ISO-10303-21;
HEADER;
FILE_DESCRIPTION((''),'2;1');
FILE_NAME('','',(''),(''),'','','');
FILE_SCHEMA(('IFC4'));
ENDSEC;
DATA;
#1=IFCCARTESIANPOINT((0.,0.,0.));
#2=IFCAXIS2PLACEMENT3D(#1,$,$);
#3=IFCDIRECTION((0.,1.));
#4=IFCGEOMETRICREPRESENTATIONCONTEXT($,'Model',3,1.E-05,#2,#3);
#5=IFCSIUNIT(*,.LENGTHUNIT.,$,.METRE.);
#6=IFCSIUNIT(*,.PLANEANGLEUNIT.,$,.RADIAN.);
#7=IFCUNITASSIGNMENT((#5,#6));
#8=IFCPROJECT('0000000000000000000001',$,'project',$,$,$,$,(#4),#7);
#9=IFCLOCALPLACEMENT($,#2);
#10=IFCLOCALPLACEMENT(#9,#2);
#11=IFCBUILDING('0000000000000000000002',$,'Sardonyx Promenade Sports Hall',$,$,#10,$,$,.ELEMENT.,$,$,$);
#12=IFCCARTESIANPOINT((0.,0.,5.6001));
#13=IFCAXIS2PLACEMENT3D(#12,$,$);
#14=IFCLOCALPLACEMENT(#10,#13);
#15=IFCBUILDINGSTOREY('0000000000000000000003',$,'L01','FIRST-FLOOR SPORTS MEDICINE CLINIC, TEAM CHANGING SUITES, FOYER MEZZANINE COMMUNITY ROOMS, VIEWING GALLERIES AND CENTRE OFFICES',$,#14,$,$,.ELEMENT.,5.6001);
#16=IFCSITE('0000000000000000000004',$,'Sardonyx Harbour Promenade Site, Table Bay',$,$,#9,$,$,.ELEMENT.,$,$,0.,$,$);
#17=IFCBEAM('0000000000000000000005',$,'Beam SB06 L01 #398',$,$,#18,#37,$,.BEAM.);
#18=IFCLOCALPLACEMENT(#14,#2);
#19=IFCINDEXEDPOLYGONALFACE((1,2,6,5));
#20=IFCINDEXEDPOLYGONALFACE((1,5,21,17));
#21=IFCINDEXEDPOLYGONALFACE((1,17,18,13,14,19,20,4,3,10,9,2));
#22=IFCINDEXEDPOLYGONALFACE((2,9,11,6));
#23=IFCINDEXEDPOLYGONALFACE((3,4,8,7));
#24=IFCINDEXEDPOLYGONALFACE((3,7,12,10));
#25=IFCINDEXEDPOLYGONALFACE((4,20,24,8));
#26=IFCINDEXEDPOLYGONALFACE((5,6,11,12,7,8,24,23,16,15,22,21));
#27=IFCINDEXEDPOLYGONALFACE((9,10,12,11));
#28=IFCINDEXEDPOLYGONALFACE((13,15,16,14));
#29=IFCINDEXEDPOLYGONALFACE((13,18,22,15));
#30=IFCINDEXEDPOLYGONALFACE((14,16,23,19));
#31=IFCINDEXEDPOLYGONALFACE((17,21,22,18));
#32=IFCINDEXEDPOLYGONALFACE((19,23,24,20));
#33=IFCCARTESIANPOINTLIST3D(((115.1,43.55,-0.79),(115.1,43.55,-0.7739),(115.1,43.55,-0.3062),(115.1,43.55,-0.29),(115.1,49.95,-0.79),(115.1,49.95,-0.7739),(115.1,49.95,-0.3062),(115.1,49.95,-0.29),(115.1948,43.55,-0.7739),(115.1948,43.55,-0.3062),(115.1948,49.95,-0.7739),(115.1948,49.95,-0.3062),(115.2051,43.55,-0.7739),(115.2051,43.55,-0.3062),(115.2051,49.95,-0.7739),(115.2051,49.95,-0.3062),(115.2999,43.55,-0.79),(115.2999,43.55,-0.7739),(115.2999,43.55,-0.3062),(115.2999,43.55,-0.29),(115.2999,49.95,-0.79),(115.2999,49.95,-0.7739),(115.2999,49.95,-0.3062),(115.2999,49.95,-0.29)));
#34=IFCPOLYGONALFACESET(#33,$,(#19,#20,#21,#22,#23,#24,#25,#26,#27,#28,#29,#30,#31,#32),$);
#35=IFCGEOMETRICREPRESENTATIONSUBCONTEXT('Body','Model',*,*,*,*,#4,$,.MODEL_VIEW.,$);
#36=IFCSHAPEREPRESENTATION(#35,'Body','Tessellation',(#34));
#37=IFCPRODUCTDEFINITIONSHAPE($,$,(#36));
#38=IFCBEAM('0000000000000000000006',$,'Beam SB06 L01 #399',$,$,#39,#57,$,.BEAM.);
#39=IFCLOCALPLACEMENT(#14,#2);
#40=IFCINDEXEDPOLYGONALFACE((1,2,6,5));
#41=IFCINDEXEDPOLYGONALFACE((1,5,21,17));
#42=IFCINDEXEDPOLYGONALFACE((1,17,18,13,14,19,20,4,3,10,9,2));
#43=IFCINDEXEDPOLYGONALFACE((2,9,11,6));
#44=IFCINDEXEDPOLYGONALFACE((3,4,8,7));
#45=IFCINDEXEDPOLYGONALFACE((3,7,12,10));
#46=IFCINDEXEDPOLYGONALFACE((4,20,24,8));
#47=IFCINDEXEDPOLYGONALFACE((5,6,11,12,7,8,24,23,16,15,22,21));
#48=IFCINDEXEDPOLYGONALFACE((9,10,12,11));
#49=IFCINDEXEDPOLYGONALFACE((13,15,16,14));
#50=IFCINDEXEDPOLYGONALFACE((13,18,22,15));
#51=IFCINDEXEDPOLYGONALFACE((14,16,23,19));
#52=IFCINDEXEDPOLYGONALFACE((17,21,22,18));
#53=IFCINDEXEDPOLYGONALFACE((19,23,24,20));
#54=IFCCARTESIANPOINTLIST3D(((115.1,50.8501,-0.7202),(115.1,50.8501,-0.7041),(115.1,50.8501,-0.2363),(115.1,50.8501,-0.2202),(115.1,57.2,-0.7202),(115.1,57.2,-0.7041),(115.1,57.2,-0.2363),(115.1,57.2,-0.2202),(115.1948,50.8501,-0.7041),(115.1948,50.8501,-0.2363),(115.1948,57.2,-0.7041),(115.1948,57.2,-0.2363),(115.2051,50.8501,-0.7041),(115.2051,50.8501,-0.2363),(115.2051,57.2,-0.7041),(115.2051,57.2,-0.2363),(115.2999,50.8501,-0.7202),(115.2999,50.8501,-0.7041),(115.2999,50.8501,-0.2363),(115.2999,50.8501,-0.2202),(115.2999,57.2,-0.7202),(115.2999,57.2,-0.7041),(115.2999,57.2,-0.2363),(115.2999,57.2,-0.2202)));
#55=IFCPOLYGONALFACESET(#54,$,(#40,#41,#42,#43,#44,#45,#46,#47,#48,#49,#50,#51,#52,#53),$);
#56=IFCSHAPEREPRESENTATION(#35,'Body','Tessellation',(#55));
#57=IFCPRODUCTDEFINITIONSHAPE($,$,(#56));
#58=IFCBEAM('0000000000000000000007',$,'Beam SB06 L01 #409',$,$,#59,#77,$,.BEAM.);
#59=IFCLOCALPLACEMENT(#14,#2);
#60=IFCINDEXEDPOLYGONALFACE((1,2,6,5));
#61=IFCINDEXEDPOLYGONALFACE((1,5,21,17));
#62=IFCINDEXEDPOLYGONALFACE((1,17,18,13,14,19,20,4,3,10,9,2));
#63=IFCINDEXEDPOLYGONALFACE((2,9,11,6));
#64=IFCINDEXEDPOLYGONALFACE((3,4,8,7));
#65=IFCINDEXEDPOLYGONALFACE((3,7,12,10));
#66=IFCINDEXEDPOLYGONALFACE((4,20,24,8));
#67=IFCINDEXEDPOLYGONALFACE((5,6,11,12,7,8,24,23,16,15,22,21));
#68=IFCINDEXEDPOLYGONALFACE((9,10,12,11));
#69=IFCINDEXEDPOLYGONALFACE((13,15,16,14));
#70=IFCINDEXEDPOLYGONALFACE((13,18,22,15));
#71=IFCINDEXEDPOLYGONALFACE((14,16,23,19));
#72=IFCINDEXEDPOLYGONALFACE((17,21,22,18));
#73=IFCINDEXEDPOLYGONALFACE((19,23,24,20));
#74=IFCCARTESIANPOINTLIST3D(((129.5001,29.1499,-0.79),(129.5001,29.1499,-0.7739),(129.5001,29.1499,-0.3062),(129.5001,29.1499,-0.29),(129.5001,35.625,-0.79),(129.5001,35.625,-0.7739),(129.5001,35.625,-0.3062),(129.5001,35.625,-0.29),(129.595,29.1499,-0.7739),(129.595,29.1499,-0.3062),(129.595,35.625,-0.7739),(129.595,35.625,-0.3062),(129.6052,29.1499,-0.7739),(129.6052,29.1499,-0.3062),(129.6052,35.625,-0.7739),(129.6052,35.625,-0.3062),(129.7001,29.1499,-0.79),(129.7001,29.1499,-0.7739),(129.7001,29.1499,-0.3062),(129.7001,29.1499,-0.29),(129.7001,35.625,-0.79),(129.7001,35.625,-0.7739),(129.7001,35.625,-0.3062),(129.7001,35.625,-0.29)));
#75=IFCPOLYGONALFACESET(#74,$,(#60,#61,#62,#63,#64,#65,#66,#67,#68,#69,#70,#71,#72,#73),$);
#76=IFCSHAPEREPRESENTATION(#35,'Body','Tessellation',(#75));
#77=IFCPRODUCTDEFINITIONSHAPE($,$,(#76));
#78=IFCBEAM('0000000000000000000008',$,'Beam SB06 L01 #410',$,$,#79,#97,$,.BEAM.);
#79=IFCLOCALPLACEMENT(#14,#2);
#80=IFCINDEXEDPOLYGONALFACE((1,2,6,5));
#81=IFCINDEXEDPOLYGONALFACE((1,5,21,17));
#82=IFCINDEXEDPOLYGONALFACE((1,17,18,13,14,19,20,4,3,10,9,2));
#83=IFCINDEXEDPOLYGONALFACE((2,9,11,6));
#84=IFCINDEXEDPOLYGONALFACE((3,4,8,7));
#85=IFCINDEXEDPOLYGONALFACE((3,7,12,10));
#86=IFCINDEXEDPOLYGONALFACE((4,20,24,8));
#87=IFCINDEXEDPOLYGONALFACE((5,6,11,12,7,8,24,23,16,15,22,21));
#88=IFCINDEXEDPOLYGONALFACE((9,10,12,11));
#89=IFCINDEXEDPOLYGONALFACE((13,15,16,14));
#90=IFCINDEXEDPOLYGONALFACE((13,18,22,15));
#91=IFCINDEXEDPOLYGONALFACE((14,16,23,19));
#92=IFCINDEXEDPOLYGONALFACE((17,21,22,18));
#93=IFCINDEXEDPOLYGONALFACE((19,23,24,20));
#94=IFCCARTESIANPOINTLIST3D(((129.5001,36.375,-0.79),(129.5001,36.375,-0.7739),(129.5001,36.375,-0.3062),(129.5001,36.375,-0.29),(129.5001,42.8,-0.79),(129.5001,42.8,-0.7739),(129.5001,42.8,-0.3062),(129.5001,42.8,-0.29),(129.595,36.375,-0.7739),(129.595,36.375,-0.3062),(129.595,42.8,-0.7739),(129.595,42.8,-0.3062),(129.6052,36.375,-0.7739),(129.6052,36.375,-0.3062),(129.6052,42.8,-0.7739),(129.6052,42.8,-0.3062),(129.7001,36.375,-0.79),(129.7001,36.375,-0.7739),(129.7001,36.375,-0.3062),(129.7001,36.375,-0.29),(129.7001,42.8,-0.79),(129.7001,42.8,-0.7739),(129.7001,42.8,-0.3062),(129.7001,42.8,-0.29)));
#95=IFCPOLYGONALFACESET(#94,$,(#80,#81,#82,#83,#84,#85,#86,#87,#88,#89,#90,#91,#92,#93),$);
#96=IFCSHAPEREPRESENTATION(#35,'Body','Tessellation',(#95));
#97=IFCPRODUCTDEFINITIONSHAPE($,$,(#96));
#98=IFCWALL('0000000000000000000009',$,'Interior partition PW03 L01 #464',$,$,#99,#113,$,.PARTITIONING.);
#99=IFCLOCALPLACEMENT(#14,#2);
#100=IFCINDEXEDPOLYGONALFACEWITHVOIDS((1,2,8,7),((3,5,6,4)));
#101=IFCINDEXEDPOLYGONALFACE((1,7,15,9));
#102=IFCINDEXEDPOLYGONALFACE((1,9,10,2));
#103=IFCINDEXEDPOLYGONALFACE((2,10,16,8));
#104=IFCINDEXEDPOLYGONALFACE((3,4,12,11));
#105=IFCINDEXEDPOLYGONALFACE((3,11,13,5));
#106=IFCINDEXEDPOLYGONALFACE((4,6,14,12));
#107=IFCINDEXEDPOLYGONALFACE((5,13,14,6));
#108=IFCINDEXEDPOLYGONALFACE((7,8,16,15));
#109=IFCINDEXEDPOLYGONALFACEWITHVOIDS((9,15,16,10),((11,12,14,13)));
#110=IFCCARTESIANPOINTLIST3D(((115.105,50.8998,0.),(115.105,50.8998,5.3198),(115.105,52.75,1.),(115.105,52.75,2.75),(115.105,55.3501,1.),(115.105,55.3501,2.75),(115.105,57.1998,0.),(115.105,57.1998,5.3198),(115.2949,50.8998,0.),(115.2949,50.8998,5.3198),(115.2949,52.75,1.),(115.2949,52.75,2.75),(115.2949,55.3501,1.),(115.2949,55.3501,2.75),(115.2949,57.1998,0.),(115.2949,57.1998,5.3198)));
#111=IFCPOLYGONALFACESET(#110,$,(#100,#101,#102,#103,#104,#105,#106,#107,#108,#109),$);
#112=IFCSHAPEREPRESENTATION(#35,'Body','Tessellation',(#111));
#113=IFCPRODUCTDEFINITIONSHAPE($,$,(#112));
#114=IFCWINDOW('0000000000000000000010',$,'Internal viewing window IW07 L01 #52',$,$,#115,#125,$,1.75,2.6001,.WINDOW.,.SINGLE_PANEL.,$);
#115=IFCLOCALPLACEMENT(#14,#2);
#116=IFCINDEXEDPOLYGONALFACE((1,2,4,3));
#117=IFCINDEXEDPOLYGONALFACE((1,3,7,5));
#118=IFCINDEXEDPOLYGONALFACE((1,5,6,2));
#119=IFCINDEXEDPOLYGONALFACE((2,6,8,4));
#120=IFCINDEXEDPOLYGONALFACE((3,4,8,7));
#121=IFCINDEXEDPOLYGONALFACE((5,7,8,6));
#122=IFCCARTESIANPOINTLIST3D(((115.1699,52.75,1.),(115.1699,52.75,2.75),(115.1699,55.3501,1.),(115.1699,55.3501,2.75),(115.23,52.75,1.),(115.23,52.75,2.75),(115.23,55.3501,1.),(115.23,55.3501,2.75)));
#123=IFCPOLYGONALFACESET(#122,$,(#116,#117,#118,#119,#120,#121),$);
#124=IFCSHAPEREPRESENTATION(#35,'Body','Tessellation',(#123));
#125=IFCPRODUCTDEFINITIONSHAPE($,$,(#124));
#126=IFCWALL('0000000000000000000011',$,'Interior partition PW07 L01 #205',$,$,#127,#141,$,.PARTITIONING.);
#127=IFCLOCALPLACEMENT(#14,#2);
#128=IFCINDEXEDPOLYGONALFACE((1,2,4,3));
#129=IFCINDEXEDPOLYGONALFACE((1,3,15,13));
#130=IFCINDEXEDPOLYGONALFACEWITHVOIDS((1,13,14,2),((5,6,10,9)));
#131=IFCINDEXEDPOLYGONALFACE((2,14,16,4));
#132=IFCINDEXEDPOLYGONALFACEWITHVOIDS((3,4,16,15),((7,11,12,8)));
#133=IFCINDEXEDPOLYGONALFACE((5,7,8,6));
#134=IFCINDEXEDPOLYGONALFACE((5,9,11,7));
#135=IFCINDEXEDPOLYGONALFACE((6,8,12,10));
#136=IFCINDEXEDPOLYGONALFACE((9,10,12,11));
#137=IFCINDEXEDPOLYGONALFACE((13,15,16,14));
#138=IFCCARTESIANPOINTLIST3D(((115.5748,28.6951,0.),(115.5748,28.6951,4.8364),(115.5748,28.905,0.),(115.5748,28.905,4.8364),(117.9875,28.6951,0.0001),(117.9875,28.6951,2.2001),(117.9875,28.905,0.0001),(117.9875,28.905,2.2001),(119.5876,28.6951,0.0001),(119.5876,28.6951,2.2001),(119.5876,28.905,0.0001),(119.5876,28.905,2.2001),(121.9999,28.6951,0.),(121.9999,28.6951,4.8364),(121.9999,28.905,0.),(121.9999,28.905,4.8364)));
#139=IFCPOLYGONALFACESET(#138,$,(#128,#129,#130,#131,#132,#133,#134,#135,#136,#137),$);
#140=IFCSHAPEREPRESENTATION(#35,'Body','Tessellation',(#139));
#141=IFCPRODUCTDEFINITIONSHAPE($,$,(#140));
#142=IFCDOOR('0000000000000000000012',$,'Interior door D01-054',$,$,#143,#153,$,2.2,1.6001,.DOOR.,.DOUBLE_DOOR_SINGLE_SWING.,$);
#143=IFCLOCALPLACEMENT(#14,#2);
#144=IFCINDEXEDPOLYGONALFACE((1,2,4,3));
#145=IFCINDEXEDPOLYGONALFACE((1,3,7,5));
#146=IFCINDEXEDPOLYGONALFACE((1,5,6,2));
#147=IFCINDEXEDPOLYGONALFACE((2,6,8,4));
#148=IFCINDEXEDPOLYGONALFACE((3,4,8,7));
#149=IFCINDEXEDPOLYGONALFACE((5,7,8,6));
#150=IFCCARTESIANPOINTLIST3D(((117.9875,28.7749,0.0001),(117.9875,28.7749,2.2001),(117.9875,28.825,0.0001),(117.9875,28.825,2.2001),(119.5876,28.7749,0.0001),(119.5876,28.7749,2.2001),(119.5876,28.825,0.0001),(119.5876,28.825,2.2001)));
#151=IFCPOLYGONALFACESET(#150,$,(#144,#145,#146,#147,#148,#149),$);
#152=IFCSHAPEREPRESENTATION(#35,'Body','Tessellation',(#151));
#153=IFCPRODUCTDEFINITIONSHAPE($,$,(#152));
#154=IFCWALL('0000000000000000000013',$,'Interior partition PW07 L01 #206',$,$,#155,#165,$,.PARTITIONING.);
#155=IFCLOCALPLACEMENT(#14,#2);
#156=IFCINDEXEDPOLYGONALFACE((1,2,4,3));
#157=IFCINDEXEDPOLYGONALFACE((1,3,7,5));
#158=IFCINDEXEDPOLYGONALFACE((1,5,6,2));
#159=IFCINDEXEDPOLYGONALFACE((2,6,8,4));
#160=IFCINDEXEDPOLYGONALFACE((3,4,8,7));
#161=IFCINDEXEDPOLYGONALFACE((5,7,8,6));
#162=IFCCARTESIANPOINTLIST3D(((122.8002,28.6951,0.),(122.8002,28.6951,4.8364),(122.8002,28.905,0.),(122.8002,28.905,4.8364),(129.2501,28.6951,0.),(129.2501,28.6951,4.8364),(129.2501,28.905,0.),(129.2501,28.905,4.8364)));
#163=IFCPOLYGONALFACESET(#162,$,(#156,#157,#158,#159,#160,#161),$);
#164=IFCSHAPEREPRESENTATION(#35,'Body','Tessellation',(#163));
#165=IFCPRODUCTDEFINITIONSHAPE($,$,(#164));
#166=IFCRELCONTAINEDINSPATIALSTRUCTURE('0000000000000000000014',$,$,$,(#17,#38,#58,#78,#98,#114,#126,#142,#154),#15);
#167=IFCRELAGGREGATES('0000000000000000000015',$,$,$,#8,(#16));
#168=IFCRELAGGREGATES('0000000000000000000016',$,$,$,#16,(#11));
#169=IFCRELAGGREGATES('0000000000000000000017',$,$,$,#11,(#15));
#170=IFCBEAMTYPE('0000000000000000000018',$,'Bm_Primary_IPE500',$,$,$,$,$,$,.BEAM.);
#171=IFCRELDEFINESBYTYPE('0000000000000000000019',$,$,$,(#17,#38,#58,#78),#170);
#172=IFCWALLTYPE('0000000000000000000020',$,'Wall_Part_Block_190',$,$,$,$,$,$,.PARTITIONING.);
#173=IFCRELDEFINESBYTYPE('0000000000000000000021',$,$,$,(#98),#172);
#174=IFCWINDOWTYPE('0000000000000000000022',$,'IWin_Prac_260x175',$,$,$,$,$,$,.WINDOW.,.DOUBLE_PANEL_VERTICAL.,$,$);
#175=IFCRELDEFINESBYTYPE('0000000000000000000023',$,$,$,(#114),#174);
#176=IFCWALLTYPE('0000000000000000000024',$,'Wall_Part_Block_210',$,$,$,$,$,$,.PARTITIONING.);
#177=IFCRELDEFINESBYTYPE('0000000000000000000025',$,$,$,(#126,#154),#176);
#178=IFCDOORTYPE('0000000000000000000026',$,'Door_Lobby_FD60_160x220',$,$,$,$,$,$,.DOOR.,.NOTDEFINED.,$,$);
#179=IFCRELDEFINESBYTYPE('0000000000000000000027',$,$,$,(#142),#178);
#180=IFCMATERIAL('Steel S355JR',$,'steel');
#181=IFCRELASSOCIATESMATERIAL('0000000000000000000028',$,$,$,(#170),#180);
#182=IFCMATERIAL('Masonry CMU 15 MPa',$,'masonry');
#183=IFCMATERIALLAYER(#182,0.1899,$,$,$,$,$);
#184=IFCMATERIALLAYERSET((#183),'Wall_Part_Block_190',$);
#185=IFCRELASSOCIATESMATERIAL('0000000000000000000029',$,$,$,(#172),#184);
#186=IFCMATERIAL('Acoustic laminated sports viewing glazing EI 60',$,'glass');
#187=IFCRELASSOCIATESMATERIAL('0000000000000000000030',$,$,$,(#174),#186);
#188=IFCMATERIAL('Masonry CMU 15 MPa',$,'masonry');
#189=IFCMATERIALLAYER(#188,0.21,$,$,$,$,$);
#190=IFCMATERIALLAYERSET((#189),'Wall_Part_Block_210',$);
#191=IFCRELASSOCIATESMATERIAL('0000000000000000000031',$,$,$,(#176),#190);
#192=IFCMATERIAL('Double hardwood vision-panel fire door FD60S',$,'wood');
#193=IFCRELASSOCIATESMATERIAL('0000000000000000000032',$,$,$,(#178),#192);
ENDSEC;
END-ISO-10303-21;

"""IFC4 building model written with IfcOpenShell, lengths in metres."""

from ifc_helpers import new_model, si_unit, direction, frame, frame_2d, origin, origin_2d, place, context, subcontext, project, spatial, rectangle, i_section, extrude, material, layer, layer_set, material_profile, profile_set, type_object, element, fill, save


model = new_model("IFC4")

# Units and contexts
model_context = context("Model", 3, precision=1e-05, world=origin(), true_north=direction((0.0, 1.0)))
body_context = subcontext(model_context, "Body", "Model", "MODEL_VIEW")
ifc_project = project(units=[si_unit("LENGTHUNIT", "METRE"), si_unit("PLANEANGLEUNIT", "RADIAN")], contexts=[model_context])

# Site, building, storey
site_placement = place(None, origin())
site = spatial("IfcSite", under=ifc_project, at=site_placement, Name="Sardonyx Harbour Promenade Site, Table Bay", CompositionType="ELEMENT", RefElevation=0.0)
building_placement = place(site_placement, origin())
building = spatial("IfcBuilding", under=site, at=building_placement, Name="Sardonyx Promenade Sports Hall", CompositionType="ELEMENT")
storey_placement = place(building_placement, frame((0.0, 0.0, 5.6001)))
storey = spatial("IfcBuildingStorey", under=building, at=storey_placement, Name="L01", Description="FIRST-FLOOR SPORTS MEDICINE CLINIC, TEAM CHANGING SUITES, FOYER MEZZANINE COMMUNITY ROOMS, VIEWING GALLERIES AND CENTRE OFFICES", CompositionType="ELEMENT", Elevation=5.6001)

# Beams
ifc_material_1 = material(Name="Steel S355JR", Category="steel")
ifc_material_profile_1 = material_profile(ifc_material_1, i_section(OverallWidth=0.2, OverallDepth=0.5, WebThickness=0.0103, FlangeThickness=0.0161, at=origin_2d()))
ifc_profile_set_1 = profile_set([ifc_material_profile_1], Name="Steel S355JR")
beam_type_1 = type_object("IfcBeamType", Name="Bm_Primary_IPE500", PredefinedType="BEAM", material=ifc_profile_set_1)
beam_1_placement = place(storey_placement, frame((115.2, 43.55, -0.54), z_axis=(0.0, 1.0, 0.0), x_axis=(-1.0, 0.0, 0.0)))
element("IfcBeam", 1, at=beam_1_placement, inside=storey, type_object=beam_type_1, Name="Beam SB06 L01 #398", PredefinedType="BEAM", context=body_context, shape_type="SweptSolid", body=[
    extrude(i_section(OverallWidth=0.2, OverallDepth=0.5, WebThickness=0.0103, FlangeThickness=0.0161, at=origin_2d()), origin(), (0.0, 0.0, 1.0), 6.3999),
])
beam_2_placement = place(storey_placement, frame((115.2, 50.8501, -0.4702), z_axis=(0.0, 1.0, 0.0), x_axis=(-1.0, 0.0, 0.0)))
element("IfcBeam", 2, at=beam_2_placement, inside=storey, type_object=beam_type_1, Name="Beam SB06 L01 #399", PredefinedType="BEAM", context=body_context, shape_type="SweptSolid", body=[
    extrude(i_section(OverallWidth=0.2, OverallDepth=0.5, WebThickness=0.0103, FlangeThickness=0.0161, at=origin_2d()), origin(), (0.0, 0.0, 1.0), 6.3499),
])
beam_3_placement = place(storey_placement, frame((129.6001, 29.1499, -0.54), z_axis=(0.0, 1.0, 0.0), x_axis=(-1.0, 0.0, 0.0)))
element("IfcBeam", 3, at=beam_3_placement, inside=storey, type_object=beam_type_1, Name="Beam SB06 L01 #409", PredefinedType="BEAM", context=body_context, shape_type="SweptSolid", body=[
    extrude(i_section(OverallWidth=0.2, OverallDepth=0.5, WebThickness=0.0103, FlangeThickness=0.0161, at=origin_2d()), origin(), (0.0, 0.0, 1.0), 6.4751),
])
beam_4_placement = place(storey_placement, frame((129.6001, 36.375, -0.54), z_axis=(0.0, 1.0, 0.0), x_axis=(-1.0, 0.0, 0.0)))
element("IfcBeam", 4, at=beam_4_placement, inside=storey, type_object=beam_type_1, Name="Beam SB06 L01 #410", PredefinedType="BEAM", context=body_context, shape_type="SweptSolid", body=[
    extrude(i_section(OverallWidth=0.2, OverallDepth=0.5, WebThickness=0.0103, FlangeThickness=0.0161, at=origin_2d()), origin(), (0.0, 0.0, 1.0), 6.425),
])

# Wall, opening, window
ifc_material_2 = material(Name="Masonry CMU 15 MPa", Category="masonry")
ifc_layer_1 = layer(ifc_material_2, 0.1899)
ifc_layer_set_1 = layer_set([ifc_layer_1], Name="Wall_Part_Block_190")
wall_type_1 = type_object("IfcWallType", Name="Wall_Part_Block_190", PredefinedType="PARTITIONING", material=ifc_layer_set_1)
wall_1_placement = place(storey_placement, frame((115.2, 50.8999, 0.0), z_axis=(0.0, 0.0, 1.0), x_axis=(0.0, 1.0, 0.0)))
wall_1 = element("IfcWall", 5, at=wall_1_placement, inside=storey, type_object=wall_type_1, Name="Interior partition PW03 L01 #464", PredefinedType="PARTITIONING", context=body_context, shape_type="SweptSolid", body=[
    extrude(rectangle(XDim=6.3, YDim=0.1899, at=frame_2d((3.1499, 0.0))), origin(), (0.0, 0.0, 1.0), 5.3198),
])
opening_1_placement = place(wall_1_placement, frame((1.8501, 0.0, 1.0)))
opening_1 = element("IfcOpeningElement", 6, at=opening_1_placement, cuts=wall_1, PredefinedType="OPENING", context=body_context, shape_type="SweptSolid", body=[
    extrude(rectangle(XDim=2.6001, YDim=1.75, at=frame_2d((1.3, 0.875))), frame((0.0, 0.105, 0.0), z_axis=(0.0, -1.0, 0.0), x_axis=(1.0, 0.0, 0.0)), (0.0, 0.0, 1.0), 0.21),
])
ifc_material_3 = material(Name="Acoustic laminated sports viewing glazing EI 60", Category="glass")
window_type = type_object("IfcWindowType", Name="IWin_Prac_260x175", PartitioningType="DOUBLE_PANEL_VERTICAL", PredefinedType="WINDOW", material=ifc_material_3)
window_1_placement = place(opening_1_placement, origin())
window_1 = element("IfcWindow", 7, at=window_1_placement, inside=storey, type_object=window_type, Name="Internal viewing window IW07 L01 #52", OverallHeight=1.75, OverallWidth=2.6001, PartitioningType="SINGLE_PANEL", PredefinedType="WINDOW", context=body_context, shape_type="SweptSolid", body=[
    extrude(rectangle(XDim=2.6001, YDim=1.75, at=frame_2d((1.3, 0.875))), frame((0.0, 0.03, 0.0), z_axis=(0.0, -1.0, 0.0), x_axis=(1.0, 0.0, 0.0)), (0.0, 0.0, 1.0), 0.0601),
])
fill(opening_1, window_1)

# Wall, opening, door
ifc_material_4 = material(Name="Masonry CMU 15 MPa", Category="masonry")
ifc_layer_2 = layer(ifc_material_4, 0.21)
ifc_layer_set_2 = layer_set([ifc_layer_2], Name="Wall_Part_Block_210")
wall_type_2 = type_object("IfcWallType", Name="Wall_Part_Block_210", PredefinedType="PARTITIONING", material=ifc_layer_set_2)
wall_2_placement = place(storey_placement, frame((115.575, 28.8, 0.0), z_axis=(0.0, 0.0, 1.0), x_axis=(1.0, 0.0, 0.0)))
wall_2 = element("IfcWall", 8, at=wall_2_placement, inside=storey, type_object=wall_type_2, Name="Interior partition PW07 L01 #205", PredefinedType="PARTITIONING", context=body_context, shape_type="SweptSolid", body=[
    extrude(rectangle(XDim=6.425, YDim=0.21, at=frame_2d((3.2124, 0.0))), origin(), (0.0, 0.0, 1.0), 4.8364),
])
opening_2_placement = place(wall_2_placement, frame((2.4126, 0.0, 0.0)))
opening_2 = element("IfcOpeningElement", 9, at=opening_2_placement, cuts=wall_2, PredefinedType="OPENING", context=body_context, shape_type="SweptSolid", body=[
    extrude(rectangle(XDim=1.6001, YDim=2.2, at=frame_2d((0.8, 1.1001))), frame((0.0, 0.115, 0.0), z_axis=(0.0, -1.0, 0.0), x_axis=(1.0, 0.0, 0.0)), (0.0, 0.0, 1.0), 0.23),
])
ifc_material_5 = material(Name="Double hardwood vision-panel fire door FD60S", Category="wood")
door_type = type_object("IfcDoorType", Name="Door_Lobby_FD60_160x220", OperationType="NOTDEFINED", PredefinedType="DOOR", material=ifc_material_5)
door_placement = place(opening_2_placement, origin())
door = element("IfcDoor", 10, at=door_placement, inside=storey, type_object=door_type, Name="Interior door D01-054", OperationType="DOUBLE_DOOR_SINGLE_SWING", OverallHeight=2.2, OverallWidth=1.6001, PredefinedType="DOOR", context=body_context, shape_type="SweptSolid", body=[
    extrude(rectangle(XDim=1.6001, YDim=2.2, at=frame_2d((0.8, 1.1001))), frame((0.0, 0.0249, 0.0), z_axis=(0.0, -1.0, 0.0), x_axis=(1.0, 0.0, 0.0)), (0.0, 0.0, 1.0), 0.05),
])
fill(opening_2, door)

# Wall
wall_3_placement = place(storey_placement, frame((122.8, 28.8, 0.0), z_axis=(0.0, 0.0, 1.0), x_axis=(1.0, 0.0, 0.0)))
element("IfcWall", 11, at=wall_3_placement, inside=storey, type_object=wall_type_2, Name="Interior partition PW07 L01 #206", PredefinedType="PARTITIONING", context=body_context, shape_type="SweptSolid", body=[
    extrude(rectangle(XDim=6.45, YDim=0.21, at=frame_2d((3.2251, 0.0))), origin(), (0.0, 0.0, 1.0), 4.8364),
])

save(model, "model.ifc")
